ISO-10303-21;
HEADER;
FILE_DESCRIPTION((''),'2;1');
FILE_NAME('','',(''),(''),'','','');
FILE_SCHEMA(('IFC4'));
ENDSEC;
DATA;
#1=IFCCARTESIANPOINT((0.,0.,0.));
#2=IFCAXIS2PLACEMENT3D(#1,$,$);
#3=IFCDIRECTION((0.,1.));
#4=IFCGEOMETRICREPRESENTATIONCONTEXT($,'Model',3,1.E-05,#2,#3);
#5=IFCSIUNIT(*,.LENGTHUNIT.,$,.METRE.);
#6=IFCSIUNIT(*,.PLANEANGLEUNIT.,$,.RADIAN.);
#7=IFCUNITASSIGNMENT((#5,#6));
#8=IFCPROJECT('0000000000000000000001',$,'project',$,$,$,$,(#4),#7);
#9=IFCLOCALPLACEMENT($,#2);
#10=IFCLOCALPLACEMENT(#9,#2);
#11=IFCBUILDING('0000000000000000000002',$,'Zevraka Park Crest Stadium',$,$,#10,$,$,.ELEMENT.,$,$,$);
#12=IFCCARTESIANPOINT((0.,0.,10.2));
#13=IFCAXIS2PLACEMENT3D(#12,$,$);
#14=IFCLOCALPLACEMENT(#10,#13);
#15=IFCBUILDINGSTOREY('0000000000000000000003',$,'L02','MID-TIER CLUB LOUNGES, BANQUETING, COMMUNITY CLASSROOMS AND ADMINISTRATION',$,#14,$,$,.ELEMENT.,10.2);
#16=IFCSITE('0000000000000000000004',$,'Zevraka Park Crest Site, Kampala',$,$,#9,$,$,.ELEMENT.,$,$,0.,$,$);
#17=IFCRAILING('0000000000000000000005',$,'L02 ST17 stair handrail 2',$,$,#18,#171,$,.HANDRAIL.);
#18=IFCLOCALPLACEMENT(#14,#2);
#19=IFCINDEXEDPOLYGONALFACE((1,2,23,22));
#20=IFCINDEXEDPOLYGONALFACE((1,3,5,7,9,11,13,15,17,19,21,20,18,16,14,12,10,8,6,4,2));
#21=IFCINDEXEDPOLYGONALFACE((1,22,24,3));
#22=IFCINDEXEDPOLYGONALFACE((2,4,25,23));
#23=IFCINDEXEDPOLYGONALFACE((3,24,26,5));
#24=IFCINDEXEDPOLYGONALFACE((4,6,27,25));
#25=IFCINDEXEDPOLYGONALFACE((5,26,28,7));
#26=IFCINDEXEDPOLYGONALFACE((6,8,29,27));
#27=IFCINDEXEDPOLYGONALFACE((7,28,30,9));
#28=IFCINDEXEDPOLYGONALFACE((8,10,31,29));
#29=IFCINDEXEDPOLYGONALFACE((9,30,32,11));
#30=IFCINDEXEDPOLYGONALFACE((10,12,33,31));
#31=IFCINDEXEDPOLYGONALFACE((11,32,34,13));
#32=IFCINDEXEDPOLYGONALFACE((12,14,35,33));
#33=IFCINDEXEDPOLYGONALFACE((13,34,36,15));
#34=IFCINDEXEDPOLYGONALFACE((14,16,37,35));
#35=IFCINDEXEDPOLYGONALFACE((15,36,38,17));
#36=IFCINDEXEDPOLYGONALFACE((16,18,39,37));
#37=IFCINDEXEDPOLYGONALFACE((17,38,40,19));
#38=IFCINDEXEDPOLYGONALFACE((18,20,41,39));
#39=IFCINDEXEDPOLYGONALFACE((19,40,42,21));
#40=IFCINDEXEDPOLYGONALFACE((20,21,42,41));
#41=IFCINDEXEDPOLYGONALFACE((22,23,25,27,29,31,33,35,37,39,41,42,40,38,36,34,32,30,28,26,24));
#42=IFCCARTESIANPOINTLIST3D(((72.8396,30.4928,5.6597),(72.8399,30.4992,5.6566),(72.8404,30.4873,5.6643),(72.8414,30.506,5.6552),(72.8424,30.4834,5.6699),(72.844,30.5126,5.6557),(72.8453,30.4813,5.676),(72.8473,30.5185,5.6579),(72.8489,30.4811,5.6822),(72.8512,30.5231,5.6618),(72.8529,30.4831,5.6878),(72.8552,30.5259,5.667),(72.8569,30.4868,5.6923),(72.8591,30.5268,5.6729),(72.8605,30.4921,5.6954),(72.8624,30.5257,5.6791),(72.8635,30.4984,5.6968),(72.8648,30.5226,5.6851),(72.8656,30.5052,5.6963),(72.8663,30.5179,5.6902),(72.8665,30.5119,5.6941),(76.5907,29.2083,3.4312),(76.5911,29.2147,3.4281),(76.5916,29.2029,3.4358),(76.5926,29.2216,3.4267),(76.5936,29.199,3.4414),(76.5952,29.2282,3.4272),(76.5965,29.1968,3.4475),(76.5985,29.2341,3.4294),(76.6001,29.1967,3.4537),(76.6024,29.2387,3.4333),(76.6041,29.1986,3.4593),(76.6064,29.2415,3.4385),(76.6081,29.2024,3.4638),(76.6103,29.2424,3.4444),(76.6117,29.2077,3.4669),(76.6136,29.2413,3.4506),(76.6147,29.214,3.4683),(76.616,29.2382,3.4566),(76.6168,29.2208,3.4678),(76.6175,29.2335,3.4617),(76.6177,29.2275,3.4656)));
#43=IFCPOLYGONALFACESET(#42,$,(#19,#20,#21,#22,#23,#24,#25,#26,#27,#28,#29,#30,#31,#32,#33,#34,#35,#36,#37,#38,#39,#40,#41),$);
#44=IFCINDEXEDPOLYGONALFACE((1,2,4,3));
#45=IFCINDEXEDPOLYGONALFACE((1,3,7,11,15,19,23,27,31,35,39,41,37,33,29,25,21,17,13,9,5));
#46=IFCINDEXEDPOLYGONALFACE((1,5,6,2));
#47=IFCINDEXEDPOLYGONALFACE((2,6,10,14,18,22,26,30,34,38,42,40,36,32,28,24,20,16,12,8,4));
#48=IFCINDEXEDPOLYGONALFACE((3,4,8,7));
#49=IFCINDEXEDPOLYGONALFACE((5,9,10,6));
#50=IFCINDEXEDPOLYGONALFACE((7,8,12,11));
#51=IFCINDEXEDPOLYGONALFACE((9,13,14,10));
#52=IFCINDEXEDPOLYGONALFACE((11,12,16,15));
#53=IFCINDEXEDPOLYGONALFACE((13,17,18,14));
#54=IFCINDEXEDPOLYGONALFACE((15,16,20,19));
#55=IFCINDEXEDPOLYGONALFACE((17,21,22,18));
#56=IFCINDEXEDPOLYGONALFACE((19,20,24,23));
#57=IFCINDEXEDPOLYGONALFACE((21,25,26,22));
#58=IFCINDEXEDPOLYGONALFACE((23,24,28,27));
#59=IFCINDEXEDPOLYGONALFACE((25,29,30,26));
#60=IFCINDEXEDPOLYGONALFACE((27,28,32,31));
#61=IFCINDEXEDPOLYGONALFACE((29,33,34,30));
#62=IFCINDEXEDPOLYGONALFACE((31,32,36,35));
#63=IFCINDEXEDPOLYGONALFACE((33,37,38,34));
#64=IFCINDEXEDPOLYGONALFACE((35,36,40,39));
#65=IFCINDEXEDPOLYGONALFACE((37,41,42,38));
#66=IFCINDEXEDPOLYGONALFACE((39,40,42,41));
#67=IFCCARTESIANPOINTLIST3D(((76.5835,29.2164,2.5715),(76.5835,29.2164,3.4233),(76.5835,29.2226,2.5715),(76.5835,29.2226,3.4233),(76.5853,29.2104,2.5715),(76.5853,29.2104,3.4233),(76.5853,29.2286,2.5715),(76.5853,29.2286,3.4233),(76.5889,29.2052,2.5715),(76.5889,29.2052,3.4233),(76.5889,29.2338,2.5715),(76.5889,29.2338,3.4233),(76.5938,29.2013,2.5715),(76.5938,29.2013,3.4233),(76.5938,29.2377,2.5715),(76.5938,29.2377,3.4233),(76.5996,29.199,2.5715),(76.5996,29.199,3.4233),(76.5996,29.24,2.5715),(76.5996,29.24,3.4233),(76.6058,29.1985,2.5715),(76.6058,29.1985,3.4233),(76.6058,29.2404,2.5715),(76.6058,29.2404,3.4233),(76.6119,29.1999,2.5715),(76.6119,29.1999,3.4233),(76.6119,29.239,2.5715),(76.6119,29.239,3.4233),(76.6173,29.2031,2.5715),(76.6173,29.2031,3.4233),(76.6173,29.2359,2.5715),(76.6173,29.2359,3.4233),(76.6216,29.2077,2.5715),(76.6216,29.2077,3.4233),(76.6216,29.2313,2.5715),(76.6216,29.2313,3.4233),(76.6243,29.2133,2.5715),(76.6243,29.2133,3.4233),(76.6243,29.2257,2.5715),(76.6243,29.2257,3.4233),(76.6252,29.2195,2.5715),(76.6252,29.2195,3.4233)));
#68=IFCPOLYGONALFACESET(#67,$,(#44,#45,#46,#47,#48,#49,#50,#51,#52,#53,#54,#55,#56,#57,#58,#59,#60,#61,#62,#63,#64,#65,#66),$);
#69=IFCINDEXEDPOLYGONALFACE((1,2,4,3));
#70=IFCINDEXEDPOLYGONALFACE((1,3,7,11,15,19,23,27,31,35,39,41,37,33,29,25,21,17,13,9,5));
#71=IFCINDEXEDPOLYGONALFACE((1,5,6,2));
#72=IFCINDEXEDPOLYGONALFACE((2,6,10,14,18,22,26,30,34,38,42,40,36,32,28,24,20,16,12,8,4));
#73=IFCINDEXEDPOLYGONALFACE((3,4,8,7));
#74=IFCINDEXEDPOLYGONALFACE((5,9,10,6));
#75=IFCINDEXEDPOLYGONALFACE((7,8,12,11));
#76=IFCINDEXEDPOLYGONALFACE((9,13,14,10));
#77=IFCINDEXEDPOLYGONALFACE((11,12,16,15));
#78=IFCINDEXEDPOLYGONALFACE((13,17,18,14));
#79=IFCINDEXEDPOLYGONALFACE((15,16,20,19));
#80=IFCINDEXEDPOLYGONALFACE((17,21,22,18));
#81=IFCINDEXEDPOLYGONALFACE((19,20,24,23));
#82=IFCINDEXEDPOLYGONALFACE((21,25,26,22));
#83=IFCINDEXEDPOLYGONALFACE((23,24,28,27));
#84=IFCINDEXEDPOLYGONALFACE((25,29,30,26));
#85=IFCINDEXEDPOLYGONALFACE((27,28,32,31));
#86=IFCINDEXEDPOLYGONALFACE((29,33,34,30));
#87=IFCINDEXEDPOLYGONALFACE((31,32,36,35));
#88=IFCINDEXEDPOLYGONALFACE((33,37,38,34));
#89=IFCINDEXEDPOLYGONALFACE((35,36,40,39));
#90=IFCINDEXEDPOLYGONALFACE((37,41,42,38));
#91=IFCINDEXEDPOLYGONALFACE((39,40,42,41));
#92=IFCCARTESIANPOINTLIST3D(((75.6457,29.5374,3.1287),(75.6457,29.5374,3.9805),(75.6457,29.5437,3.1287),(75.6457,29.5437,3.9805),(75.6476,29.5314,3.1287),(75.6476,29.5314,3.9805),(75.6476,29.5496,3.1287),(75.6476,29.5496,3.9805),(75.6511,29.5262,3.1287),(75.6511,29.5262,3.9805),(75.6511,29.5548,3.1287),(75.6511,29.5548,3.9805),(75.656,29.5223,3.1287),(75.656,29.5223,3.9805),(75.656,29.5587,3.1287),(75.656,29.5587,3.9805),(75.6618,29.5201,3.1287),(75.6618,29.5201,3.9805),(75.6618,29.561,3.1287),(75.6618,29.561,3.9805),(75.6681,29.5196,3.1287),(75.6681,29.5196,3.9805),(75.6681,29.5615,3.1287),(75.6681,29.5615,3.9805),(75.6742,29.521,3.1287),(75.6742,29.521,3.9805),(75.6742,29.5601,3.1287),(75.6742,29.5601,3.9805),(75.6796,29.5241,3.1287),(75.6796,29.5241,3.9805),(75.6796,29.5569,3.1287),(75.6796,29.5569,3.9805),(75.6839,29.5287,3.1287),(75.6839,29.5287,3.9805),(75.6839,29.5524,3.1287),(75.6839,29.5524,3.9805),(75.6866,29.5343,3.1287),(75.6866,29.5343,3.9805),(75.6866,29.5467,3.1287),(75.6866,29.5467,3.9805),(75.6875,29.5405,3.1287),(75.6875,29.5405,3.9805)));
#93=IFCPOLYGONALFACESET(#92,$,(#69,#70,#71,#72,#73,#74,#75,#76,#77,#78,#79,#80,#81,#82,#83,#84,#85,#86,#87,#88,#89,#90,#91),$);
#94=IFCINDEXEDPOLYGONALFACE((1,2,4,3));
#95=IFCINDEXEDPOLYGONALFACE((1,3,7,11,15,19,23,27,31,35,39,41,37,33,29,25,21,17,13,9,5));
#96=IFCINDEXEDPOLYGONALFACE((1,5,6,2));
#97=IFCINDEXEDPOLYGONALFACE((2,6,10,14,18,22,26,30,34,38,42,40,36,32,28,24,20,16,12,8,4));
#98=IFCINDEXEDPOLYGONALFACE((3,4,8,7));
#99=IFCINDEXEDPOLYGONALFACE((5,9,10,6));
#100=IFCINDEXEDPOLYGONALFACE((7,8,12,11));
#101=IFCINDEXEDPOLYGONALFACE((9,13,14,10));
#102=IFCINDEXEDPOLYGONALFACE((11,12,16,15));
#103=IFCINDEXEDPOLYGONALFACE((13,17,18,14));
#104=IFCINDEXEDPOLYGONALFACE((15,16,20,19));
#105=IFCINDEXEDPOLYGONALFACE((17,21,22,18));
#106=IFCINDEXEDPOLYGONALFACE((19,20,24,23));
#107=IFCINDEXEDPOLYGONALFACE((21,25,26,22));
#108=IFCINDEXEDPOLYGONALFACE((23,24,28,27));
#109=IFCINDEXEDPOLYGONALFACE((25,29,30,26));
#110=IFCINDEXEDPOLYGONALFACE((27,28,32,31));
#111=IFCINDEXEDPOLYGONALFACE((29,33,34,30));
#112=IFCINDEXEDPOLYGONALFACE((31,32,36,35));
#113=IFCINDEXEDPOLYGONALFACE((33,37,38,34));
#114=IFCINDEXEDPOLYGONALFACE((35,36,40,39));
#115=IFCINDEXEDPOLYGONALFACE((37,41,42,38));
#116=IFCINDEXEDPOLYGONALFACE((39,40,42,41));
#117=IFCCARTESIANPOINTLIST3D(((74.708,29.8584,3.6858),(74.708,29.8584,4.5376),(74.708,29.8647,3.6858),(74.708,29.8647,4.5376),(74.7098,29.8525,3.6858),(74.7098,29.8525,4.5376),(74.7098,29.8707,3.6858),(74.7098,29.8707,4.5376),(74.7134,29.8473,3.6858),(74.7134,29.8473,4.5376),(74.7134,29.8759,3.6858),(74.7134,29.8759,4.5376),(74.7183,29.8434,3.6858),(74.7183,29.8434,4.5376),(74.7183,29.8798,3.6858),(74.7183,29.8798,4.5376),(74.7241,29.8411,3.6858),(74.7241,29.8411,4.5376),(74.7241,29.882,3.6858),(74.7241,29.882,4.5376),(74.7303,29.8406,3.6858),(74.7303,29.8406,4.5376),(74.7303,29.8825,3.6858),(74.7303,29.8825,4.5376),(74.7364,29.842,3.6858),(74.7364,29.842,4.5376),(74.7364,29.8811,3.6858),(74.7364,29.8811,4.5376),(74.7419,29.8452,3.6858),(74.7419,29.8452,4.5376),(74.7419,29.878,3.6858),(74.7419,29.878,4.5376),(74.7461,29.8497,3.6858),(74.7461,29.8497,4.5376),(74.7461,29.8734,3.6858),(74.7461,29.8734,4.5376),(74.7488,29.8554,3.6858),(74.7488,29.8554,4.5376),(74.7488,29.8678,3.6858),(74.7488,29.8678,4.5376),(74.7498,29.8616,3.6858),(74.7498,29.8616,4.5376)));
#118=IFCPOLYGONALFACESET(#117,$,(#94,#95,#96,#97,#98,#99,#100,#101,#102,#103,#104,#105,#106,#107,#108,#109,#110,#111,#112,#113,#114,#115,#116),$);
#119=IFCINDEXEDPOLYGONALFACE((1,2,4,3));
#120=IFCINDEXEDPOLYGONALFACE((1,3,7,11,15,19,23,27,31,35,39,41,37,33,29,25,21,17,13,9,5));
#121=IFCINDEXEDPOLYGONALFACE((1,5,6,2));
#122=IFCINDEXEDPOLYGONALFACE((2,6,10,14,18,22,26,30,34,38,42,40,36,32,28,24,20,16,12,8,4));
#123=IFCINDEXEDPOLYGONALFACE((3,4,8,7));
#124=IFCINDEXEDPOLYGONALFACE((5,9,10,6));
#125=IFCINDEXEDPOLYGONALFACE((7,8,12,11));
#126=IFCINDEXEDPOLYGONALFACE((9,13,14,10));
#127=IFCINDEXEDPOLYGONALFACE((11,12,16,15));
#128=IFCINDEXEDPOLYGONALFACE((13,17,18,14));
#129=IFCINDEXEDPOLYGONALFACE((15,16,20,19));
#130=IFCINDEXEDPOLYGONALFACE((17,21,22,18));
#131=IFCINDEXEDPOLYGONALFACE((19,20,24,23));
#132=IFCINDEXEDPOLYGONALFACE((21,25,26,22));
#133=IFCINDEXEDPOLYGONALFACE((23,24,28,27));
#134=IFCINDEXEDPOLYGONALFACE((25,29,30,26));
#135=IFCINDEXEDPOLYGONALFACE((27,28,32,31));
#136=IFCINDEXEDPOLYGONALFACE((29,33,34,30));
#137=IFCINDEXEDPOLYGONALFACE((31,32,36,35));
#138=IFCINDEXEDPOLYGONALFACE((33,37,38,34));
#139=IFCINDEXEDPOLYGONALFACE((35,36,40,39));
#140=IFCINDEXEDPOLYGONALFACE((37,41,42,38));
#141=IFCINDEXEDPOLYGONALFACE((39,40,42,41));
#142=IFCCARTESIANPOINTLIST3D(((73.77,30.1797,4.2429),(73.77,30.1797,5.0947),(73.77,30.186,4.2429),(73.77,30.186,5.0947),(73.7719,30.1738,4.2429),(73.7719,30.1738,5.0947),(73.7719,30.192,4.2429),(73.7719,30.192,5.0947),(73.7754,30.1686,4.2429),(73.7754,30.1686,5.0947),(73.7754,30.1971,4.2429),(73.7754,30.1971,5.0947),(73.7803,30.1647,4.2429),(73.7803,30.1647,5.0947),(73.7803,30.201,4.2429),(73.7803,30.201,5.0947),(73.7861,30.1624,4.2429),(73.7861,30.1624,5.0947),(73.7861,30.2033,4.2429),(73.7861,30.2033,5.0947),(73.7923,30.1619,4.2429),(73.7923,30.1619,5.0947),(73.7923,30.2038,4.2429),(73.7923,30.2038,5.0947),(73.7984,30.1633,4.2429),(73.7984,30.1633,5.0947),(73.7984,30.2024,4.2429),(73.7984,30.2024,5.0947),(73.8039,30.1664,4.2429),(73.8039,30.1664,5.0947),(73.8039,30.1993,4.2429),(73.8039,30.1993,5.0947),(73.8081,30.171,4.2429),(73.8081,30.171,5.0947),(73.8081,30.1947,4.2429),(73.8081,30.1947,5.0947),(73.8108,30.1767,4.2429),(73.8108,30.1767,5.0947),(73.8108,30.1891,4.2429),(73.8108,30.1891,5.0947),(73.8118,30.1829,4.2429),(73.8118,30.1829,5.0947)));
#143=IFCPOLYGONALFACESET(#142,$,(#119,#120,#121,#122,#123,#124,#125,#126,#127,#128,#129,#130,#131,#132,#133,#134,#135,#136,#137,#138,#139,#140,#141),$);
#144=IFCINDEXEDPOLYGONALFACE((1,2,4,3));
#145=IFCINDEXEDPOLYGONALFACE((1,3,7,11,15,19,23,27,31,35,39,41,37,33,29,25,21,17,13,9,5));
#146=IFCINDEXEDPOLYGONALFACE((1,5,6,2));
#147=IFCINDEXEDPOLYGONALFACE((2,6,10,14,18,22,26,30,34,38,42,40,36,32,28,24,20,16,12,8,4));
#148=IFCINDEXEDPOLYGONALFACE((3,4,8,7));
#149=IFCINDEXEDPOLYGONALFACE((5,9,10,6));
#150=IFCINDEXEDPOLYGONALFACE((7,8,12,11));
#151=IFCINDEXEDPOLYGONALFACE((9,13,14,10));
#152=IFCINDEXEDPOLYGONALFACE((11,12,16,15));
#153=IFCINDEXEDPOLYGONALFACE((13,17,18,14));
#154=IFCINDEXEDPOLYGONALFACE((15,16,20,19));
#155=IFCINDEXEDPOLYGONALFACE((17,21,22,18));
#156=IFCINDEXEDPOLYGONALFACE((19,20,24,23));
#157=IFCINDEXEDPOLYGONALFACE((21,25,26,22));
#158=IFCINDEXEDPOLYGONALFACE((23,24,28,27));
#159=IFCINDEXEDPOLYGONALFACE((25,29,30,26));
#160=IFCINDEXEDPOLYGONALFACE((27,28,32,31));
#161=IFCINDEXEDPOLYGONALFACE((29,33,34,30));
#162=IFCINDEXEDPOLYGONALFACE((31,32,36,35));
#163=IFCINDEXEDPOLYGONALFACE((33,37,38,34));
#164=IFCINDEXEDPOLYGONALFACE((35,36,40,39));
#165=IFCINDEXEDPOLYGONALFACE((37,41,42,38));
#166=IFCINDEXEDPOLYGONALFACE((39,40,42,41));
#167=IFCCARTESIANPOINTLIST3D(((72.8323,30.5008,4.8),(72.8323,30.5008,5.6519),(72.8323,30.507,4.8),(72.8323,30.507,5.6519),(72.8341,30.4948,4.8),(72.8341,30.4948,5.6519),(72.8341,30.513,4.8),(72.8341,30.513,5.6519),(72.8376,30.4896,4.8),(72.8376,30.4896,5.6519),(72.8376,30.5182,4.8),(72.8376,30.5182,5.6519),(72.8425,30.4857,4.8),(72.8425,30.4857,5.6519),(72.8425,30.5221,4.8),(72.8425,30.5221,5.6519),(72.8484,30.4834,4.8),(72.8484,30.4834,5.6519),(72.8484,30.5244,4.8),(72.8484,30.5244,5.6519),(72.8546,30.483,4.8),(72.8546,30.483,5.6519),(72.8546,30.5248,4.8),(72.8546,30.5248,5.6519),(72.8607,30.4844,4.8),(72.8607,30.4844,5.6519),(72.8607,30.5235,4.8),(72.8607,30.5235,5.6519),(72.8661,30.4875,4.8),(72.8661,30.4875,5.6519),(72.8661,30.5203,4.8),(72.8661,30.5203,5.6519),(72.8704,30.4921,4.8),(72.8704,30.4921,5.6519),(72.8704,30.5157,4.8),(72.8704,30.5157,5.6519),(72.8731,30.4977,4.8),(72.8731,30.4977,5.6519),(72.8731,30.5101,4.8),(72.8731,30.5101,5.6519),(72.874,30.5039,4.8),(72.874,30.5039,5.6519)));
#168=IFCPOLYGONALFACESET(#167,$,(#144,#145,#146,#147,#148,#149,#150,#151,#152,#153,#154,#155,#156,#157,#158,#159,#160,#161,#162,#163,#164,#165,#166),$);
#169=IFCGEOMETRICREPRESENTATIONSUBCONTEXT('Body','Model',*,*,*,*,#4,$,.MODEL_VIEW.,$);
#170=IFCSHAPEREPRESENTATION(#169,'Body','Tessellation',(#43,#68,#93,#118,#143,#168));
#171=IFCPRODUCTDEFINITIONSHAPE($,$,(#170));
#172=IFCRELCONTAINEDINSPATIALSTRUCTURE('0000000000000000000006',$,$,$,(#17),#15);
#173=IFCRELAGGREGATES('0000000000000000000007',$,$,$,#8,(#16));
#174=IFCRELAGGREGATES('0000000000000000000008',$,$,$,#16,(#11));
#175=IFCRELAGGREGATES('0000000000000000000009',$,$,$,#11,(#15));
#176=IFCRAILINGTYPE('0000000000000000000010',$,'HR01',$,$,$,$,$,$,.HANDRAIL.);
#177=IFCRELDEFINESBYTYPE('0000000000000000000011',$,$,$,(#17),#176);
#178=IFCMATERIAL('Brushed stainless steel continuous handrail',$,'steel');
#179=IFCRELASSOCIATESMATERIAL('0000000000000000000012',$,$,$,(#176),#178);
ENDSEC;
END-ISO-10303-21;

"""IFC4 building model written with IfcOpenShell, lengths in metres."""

from ifc_helpers import new_model, si_unit, direction, frame, origin, origin_2d, place, context, subcontext, project, spatial, circle, extrude, material, type_object, element, save


model = new_model("IFC4")

# Units and contexts
model_context = context("Model", 3, precision=1e-05, world=origin(), true_north=direction((0.0, 1.0)))
body_context = subcontext(model_context, "Body", "Model", "MODEL_VIEW")
ifc_project = project(units=[si_unit("LENGTHUNIT", "METRE"), si_unit("PLANEANGLEUNIT", "RADIAN")], contexts=[model_context])

# Site, building, storey
site_placement = place(None, origin())
site = spatial("IfcSite", under=ifc_project, at=site_placement, Name="Zevraka Park Crest Site, Kampala", CompositionType="ELEMENT", RefElevation=0.0)
building_placement = place(site_placement, origin())
building = spatial("IfcBuilding", under=site, at=building_placement, Name="Zevraka Park Crest Stadium", CompositionType="ELEMENT")
storey_placement = place(building_placement, frame((0.0, 0.0, 10.2)))
storey = spatial("IfcBuildingStorey", under=building, at=storey_placement, Name="L02", Description="MID-TIER CLUB LOUNGES, BANQUETING, COMMUNITY CLASSROOMS AND ADMINISTRATION", CompositionType="ELEMENT", Elevation=10.2)

# Railing
ifc_material_1 = material(Name="Brushed stainless steel continuous handrail", Category="steel")
railing_type_1 = type_object("IfcRailingType", Name="HR01", PredefinedType="HANDRAIL", material=ifc_material_1)
railing_1_placement = place(storey_placement, frame((76.6042, 29.2195, 2.5715)))
element("IfcRailing", 1, at=railing_1_placement, inside=storey, type_object=railing_type_1, Name="L02 ST17 stair handrail 2", PredefinedType="HANDRAIL", context=body_context, shape_type="SweptSolid", body=[
    extrude(circle(Radius=0.0239, at=origin_2d()), frame((0.0, 0.0, 0.876), z_axis=(-0.824739, 0.282392, 0.489959), x_axis=(-0.323939, -0.946078, 0.0)), (0.0, 0.0, 1.0), 4.5483),
    extrude(circle(Radius=0.021, at=origin_2d()), origin(), (0.0, 0.0, 1.0), 0.8518),
    extrude(circle(Radius=0.021, at=origin_2d()), frame((-0.9377, 0.321, 0.5571)), (0.0, 0.0, 1.0), 0.8518),
    extrude(circle(Radius=0.021, at=origin_2d()), frame((-1.8755, 0.6421, 1.1143)), (0.0, 0.0, 1.0), 0.8518),
    extrude(circle(Radius=0.021, at=origin_2d()), frame((-2.8135, 0.9634, 1.6714)), (0.0, 0.0, 1.0), 0.8518),
    extrude(circle(Radius=0.021, at=origin_2d()), frame((-3.7512, 1.2844, 2.2285)), (0.0, 0.0, 1.0), 0.8518),
])

save(model, "model.ifc")
